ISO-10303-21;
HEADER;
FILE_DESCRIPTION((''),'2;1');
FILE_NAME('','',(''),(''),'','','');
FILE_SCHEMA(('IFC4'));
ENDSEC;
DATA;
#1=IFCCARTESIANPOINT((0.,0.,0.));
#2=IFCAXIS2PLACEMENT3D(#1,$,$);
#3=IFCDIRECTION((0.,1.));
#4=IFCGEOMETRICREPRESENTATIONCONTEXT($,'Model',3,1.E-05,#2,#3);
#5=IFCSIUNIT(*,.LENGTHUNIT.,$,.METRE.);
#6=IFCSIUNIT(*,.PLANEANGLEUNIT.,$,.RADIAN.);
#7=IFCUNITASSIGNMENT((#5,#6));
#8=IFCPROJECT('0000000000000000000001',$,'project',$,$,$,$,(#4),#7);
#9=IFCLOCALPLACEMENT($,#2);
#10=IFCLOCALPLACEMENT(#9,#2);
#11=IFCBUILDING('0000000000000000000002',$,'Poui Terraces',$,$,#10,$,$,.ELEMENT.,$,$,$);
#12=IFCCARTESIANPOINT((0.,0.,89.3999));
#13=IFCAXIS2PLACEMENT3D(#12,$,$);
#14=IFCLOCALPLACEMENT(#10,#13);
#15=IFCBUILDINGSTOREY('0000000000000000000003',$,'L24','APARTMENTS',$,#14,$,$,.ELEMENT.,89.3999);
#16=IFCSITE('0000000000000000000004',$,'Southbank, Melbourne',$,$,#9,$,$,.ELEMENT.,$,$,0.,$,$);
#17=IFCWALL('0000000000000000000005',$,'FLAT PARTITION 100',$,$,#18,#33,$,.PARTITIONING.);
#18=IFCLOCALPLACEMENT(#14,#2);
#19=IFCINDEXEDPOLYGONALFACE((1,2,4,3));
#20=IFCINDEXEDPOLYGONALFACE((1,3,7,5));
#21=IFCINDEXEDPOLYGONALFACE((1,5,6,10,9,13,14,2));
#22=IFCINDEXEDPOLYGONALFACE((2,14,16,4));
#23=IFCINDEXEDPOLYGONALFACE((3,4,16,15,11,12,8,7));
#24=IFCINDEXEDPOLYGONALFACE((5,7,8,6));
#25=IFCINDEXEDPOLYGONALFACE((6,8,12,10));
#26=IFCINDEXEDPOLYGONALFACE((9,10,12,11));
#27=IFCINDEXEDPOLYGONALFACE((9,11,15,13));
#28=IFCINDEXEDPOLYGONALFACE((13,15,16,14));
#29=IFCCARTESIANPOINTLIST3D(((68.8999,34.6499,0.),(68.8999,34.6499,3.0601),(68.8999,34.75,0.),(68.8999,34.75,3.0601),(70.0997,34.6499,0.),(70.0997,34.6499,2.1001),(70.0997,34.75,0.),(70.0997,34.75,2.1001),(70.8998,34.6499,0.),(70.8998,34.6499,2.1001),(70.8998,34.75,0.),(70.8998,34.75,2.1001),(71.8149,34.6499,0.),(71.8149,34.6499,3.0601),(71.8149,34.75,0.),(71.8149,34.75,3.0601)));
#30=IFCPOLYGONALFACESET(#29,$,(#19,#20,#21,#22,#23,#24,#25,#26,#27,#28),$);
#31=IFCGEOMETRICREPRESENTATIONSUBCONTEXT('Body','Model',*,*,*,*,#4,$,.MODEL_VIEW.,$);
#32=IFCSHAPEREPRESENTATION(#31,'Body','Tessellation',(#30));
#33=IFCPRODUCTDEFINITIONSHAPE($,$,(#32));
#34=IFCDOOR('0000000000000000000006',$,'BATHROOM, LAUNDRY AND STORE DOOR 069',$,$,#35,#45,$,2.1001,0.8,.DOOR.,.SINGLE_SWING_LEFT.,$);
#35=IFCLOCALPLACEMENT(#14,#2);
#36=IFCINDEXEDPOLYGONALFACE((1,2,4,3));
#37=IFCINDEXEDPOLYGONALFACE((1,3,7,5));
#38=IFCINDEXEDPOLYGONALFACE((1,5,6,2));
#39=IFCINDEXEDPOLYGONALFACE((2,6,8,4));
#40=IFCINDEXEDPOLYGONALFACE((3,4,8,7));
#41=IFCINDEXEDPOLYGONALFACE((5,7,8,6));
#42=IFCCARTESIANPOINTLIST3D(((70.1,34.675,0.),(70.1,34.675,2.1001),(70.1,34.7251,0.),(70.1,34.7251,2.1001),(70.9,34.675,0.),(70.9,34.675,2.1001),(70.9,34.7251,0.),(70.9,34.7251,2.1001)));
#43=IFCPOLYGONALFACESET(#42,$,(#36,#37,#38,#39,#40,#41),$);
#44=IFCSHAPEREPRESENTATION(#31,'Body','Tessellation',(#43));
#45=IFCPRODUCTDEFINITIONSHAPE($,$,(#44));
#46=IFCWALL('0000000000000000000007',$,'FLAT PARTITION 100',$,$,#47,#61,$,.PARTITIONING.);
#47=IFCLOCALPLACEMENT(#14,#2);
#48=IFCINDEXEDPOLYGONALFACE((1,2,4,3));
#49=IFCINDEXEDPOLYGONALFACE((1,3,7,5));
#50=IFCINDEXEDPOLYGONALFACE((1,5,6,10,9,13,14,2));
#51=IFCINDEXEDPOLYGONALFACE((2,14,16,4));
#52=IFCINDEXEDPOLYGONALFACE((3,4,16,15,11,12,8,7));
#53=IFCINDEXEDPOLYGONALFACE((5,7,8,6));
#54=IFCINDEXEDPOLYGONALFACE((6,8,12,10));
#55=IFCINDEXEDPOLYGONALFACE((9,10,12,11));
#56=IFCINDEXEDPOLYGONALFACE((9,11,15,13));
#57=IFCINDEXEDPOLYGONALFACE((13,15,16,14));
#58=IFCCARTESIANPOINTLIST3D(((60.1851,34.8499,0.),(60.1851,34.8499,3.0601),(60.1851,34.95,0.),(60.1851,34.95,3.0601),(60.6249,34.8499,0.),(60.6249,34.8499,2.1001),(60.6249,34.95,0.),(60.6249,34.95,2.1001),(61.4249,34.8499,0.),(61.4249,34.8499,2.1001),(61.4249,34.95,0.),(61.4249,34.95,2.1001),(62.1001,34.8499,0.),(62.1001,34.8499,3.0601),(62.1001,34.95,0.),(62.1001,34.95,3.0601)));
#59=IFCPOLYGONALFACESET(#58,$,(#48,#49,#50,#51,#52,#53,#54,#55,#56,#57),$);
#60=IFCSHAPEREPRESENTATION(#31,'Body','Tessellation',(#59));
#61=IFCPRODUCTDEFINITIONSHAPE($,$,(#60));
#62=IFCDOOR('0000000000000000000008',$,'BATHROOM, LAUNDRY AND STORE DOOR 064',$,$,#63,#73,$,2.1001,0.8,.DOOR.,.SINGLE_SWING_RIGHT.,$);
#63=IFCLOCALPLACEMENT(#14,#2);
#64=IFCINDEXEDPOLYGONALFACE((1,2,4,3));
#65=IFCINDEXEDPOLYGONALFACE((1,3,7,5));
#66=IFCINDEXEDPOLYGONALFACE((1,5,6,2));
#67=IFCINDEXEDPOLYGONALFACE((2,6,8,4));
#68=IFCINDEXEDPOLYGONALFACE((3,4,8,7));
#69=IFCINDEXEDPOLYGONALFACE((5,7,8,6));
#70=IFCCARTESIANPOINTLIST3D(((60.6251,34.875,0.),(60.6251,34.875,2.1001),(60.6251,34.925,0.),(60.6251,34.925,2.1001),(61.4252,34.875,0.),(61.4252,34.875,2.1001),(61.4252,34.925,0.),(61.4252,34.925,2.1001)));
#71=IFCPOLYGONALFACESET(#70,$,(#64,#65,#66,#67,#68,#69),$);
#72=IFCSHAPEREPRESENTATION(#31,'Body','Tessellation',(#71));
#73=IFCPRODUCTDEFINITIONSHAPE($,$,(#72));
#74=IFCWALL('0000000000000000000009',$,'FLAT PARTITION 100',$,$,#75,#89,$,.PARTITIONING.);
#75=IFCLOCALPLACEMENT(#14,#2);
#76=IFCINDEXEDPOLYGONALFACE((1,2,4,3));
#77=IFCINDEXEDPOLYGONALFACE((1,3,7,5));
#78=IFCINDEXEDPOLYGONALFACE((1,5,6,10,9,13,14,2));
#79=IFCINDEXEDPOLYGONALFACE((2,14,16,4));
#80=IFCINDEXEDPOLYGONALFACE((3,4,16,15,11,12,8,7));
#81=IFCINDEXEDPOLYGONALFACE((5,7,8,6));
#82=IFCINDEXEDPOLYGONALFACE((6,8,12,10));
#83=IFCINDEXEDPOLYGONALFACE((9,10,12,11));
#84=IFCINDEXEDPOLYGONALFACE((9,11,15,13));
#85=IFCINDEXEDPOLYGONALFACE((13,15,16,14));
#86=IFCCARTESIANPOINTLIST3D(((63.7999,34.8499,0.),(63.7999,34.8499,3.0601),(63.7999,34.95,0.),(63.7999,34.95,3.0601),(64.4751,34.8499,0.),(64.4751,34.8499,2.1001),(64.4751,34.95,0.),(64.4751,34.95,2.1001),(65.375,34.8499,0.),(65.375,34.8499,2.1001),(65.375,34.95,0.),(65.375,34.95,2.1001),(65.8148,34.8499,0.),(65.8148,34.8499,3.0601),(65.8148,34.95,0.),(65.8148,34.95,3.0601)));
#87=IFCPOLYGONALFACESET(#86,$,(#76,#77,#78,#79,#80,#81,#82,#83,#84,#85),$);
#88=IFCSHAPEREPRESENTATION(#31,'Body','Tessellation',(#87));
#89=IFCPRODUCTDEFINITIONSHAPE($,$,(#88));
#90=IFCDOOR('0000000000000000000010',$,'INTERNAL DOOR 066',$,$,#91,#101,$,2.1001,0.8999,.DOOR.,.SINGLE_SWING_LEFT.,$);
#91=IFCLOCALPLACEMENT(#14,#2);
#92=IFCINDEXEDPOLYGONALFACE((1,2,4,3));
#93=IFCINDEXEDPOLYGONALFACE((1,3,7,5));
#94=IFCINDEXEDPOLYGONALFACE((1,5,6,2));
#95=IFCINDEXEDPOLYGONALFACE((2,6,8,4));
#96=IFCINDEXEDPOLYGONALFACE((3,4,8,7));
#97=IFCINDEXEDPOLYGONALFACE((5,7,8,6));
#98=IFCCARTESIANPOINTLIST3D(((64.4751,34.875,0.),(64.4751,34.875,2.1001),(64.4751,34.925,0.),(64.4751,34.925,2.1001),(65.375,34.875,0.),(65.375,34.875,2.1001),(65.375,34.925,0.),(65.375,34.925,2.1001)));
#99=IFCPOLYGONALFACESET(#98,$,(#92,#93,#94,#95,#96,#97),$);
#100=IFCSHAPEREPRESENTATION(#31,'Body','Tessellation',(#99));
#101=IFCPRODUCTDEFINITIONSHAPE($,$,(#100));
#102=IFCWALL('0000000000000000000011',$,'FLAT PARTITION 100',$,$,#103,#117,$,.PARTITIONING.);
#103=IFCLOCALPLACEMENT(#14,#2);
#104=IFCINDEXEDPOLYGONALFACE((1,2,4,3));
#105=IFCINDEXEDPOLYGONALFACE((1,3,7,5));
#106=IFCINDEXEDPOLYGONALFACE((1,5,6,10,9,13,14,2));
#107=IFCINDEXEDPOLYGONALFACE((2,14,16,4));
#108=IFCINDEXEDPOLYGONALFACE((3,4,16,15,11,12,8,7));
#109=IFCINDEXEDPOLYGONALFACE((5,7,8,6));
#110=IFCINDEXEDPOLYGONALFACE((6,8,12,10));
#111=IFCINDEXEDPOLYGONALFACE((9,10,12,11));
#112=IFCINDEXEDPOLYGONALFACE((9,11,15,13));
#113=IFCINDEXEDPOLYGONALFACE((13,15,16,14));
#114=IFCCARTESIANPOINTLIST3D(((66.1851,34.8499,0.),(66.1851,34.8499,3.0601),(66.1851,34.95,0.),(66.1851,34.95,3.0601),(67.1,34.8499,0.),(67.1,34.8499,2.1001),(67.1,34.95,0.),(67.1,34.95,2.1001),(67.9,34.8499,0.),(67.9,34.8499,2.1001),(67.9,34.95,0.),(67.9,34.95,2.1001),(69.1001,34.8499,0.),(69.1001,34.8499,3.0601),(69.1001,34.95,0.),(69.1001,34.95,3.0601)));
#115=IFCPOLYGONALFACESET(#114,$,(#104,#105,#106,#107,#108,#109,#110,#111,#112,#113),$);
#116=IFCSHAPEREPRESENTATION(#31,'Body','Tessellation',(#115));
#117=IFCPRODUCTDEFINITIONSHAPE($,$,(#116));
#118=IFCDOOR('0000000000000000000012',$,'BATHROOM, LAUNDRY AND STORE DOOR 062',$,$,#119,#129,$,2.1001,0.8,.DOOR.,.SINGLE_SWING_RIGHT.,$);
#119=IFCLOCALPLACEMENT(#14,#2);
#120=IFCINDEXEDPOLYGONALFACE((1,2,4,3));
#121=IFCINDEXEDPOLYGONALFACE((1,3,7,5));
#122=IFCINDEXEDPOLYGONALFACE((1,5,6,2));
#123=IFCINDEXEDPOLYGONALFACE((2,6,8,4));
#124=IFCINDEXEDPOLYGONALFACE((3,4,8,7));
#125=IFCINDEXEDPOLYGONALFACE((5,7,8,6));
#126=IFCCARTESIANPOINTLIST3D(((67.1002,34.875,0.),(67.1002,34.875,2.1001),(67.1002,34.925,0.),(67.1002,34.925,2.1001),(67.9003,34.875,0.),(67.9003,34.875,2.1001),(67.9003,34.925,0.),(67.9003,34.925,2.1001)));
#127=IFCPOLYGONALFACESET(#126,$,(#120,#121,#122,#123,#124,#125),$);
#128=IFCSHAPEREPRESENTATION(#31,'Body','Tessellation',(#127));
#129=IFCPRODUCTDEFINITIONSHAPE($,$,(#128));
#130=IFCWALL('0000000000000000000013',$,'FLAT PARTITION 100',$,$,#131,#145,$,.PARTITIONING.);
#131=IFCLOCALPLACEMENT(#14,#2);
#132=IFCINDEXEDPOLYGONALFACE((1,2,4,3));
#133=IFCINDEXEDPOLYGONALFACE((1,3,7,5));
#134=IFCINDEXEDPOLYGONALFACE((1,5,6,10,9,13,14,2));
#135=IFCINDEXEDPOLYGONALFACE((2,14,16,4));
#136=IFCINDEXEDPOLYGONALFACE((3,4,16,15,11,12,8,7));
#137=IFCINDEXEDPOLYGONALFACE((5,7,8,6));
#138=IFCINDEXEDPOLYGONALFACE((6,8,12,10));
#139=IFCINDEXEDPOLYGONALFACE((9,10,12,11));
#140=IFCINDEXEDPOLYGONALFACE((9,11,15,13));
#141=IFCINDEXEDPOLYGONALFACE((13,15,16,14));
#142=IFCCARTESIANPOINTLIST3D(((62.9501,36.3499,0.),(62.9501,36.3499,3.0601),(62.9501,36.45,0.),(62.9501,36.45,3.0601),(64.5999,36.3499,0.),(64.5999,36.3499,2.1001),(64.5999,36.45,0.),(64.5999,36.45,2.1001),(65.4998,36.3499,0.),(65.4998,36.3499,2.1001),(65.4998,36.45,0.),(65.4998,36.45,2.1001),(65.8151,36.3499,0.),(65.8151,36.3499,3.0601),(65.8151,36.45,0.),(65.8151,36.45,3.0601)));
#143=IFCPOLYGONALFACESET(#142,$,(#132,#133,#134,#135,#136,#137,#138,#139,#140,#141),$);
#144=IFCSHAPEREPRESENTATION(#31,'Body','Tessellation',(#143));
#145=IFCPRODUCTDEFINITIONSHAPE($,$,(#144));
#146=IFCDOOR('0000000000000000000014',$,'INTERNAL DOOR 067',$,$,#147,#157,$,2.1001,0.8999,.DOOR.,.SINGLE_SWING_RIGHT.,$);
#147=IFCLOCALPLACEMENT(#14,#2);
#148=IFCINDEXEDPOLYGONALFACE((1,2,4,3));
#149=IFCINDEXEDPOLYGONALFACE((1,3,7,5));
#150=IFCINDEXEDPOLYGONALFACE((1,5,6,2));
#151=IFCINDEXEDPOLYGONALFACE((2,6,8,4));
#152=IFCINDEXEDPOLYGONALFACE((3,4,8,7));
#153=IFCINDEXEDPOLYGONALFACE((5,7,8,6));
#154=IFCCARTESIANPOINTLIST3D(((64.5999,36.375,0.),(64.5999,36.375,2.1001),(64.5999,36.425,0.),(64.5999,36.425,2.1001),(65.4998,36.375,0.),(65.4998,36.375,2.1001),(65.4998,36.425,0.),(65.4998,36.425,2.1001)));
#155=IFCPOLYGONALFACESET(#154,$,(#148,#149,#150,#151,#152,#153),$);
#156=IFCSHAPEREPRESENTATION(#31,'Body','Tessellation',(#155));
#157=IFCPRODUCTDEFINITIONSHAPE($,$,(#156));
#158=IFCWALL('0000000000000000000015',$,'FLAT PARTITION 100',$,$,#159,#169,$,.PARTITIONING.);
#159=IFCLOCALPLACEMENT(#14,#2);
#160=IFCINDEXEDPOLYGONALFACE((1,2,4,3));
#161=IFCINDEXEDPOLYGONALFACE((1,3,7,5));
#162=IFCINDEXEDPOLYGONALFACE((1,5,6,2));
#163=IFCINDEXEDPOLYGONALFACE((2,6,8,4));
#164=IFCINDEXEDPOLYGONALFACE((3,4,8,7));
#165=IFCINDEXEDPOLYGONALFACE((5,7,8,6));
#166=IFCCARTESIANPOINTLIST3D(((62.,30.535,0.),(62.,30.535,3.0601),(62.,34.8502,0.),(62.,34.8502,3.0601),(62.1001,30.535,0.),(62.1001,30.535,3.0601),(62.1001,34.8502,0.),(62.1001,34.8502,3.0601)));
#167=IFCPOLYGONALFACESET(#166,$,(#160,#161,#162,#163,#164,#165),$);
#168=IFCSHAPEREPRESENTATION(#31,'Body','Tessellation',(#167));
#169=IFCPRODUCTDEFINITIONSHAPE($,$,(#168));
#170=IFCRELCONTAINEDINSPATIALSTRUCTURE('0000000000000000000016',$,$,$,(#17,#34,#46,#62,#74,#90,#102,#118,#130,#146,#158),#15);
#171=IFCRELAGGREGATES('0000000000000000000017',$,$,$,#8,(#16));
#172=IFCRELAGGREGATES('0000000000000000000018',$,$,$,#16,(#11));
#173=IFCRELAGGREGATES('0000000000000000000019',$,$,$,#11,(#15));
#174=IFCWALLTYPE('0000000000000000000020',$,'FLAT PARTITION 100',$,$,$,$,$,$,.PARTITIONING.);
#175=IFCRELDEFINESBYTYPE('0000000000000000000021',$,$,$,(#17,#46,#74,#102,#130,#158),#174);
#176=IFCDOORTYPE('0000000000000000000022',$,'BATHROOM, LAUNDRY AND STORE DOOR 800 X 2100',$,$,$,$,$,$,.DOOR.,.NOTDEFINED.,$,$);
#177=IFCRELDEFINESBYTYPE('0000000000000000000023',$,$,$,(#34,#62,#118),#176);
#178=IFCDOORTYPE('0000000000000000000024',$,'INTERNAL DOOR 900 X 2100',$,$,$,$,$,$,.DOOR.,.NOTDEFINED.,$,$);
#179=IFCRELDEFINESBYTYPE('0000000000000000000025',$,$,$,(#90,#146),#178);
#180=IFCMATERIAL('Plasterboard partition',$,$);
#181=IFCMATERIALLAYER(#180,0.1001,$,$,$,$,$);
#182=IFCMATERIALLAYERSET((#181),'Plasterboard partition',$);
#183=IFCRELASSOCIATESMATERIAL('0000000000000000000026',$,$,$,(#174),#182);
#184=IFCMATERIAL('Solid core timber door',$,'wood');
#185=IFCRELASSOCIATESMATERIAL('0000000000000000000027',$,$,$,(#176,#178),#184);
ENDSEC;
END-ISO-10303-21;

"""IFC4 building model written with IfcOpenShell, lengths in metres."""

from ifc_helpers import new_model, si_unit, direction, frame, frame_2d, origin, place, context, subcontext, project, spatial, rectangle, extrude, material, layer, layer_set, type_object, element, fill, save


model = new_model("IFC4")

# Units and contexts
model_context = context("Model", 3, precision=1e-05, world=origin(), true_north=direction((0.0, 1.0)))
body_context = subcontext(model_context, "Body", "Model", "MODEL_VIEW")
ifc_project = project(units=[si_unit("LENGTHUNIT", "METRE"), si_unit("PLANEANGLEUNIT", "RADIAN")], contexts=[model_context])

# Site, building, storey
site_placement = place(None, origin())
site = spatial("IfcSite", under=ifc_project, at=site_placement, Name="Southbank, Melbourne", CompositionType="ELEMENT", RefElevation=0.0)
building_placement = place(site_placement, origin())
building = spatial("IfcBuilding", under=site, at=building_placement, Name="Poui Terraces", CompositionType="ELEMENT")
storey_placement = place(building_placement, frame((0.0, 0.0, 89.3999)))
storey = spatial("IfcBuildingStorey", under=building, at=storey_placement, Name="L24", Description="APARTMENTS", CompositionType="ELEMENT", Elevation=89.3999)

# Walls, openings, doors
ifc_material_1 = material(Name="Plasterboard partition")
ifc_layer_1 = layer(ifc_material_1, 0.1001)
ifc_layer_set_1 = layer_set([ifc_layer_1], Name="Plasterboard partition")
wall_type_1 = type_object("IfcWallType", Name="FLAT PARTITION 100", PredefinedType="PARTITIONING", material=ifc_layer_set_1)
wall_1_placement = place(storey_placement, frame((68.8999, 34.7, 0.0), z_axis=(0.0, 0.0, 1.0), x_axis=(1.0, 0.0, 0.0)))
wall_1 = element("IfcWall", 1, at=wall_1_placement, inside=storey, type_object=wall_type_1, Name="FLAT PARTITION 100", PredefinedType="PARTITIONING", context=body_context, shape_type="SweptSolid", body=[
    extrude(rectangle(XDim=2.915, YDim=0.1001, at=frame_2d((1.4575, 0.0))), origin(), (0.0, 0.0, 1.0), 3.0601),
])
opening_1_placement = place(wall_1_placement, frame((1.2, 0.0, 0.0)))
opening_1 = element("IfcOpeningElement", 2, at=opening_1_placement, cuts=wall_1, PredefinedType="OPENING", context=body_context, shape_type="SweptSolid", body=[
    extrude(rectangle(XDim=0.8, YDim=2.1001, at=frame_2d((0.3999, 1.05))), frame((0.0, 0.0601, 0.0), z_axis=(0.0, -1.0, 0.0), x_axis=(1.0, 0.0, 0.0)), (0.0, 0.0, 1.0), 0.1201),
])
ifc_material_2 = material(Name="Solid core timber door", Category="wood")
door_type_1 = type_object("IfcDoorType", Name="BATHROOM, LAUNDRY AND STORE DOOR 800 X 2100", OperationType="NOTDEFINED", PredefinedType="DOOR", material=ifc_material_2)
door_1_placement = place(opening_1_placement, frame((0.8, 0.0, 0.0), z_axis=(0.0, 0.0, 1.0), x_axis=(-1.0, 0.0, 0.0)))
door_1 = element("IfcDoor", 3, at=door_1_placement, inside=storey, type_object=door_type_1, Name="BATHROOM, LAUNDRY AND STORE DOOR 069", OperationType="SINGLE_SWING_LEFT", OverallHeight=2.1001, OverallWidth=0.8, PredefinedType="DOOR", context=body_context, shape_type="SweptSolid", body=[
    extrude(rectangle(XDim=0.8, YDim=2.1001, at=frame_2d((0.3999, 1.05))), frame((0.0, 0.0249, 0.0), z_axis=(0.0, -1.0, 0.0), x_axis=(1.0, 0.0, 0.0)), (0.0, 0.0, 1.0), 0.05),
])
fill(opening_1, door_1)
wall_2_placement = place(storey_placement, frame((60.1851, 34.8999, 0.0), z_axis=(0.0, 0.0, 1.0), x_axis=(1.0, 0.0, 0.0)))
wall_2 = element("IfcWall", 4, at=wall_2_placement, inside=storey, type_object=wall_type_1, Name="FLAT PARTITION 100", PredefinedType="PARTITIONING", context=body_context, shape_type="SweptSolid", body=[
    extrude(rectangle(XDim=1.915, YDim=0.1001, at=frame_2d((0.9575, 0.0))), origin(), (0.0, 0.0, 1.0), 3.0601),
])
opening_2_placement = place(wall_2_placement, frame((0.4399, 0.0, 0.0)))
opening_2 = element("IfcOpeningElement", 5, at=opening_2_placement, cuts=wall_2, PredefinedType="OPENING", context=body_context, shape_type="SweptSolid", body=[
    extrude(rectangle(XDim=0.8, YDim=2.1001, at=frame_2d((0.3999, 1.05))), frame((0.0, 0.0601, 0.0), z_axis=(0.0, -1.0, 0.0), x_axis=(1.0, 0.0, 0.0)), (0.0, 0.0, 1.0), 0.1201),
])
door_2_placement = place(opening_2_placement, frame((0.8, 0.0, 0.0), z_axis=(0.0, 0.0, 1.0), x_axis=(-1.0, 0.0, 0.0)))
door_2 = element("IfcDoor", 6, at=door_2_placement, inside=storey, type_object=door_type_1, Name="BATHROOM, LAUNDRY AND STORE DOOR 064", OperationType="SINGLE_SWING_RIGHT", OverallHeight=2.1001, OverallWidth=0.8, PredefinedType="DOOR", context=body_context, shape_type="SweptSolid", body=[
    extrude(rectangle(XDim=0.8, YDim=2.1001, at=frame_2d((0.3999, 1.05))), frame((0.0, 0.0249, 0.0), z_axis=(0.0, -1.0, 0.0), x_axis=(1.0, 0.0, 0.0)), (0.0, 0.0, 1.0), 0.05),
])
fill(opening_2, door_2)
wall_3_placement = place(storey_placement, frame((63.8, 34.8999, 0.0), z_axis=(0.0, 0.0, 1.0), x_axis=(1.0, 0.0, 0.0)))
wall_3 = element("IfcWall", 7, at=wall_3_placement, inside=storey, type_object=wall_type_1, Name="FLAT PARTITION 100", PredefinedType="PARTITIONING", context=body_context, shape_type="SweptSolid", body=[
    extrude(rectangle(XDim=2.0149, YDim=0.1001, at=frame_2d((1.0073, 0.0))), origin(), (0.0, 0.0, 1.0), 3.0601),
])
opening_3_placement = place(wall_3_placement, frame((0.675, 0.0, 0.0)))
opening_3 = element("IfcOpeningElement", 8, at=opening_3_placement, cuts=wall_3, PredefinedType="OPENING", context=body_context, shape_type="SweptSolid", body=[
    extrude(rectangle(XDim=0.8999, YDim=2.1001, at=frame_2d((0.45, 1.05))), frame((0.0, 0.0601, 0.0), z_axis=(0.0, -1.0, 0.0), x_axis=(1.0, 0.0, 0.0)), (0.0, 0.0, 1.0), 0.1201),
])
door_type_2 = type_object("IfcDoorType", Name="INTERNAL DOOR 900 X 2100", OperationType="NOTDEFINED", PredefinedType="DOOR", material=ifc_material_2)
door_3_placement = place(opening_3_placement, frame((0.8999, 0.0, 0.0), z_axis=(0.0, 0.0, 1.0), x_axis=(-1.0, 0.0, 0.0)))
door_3 = element("IfcDoor", 9, at=door_3_placement, inside=storey, type_object=door_type_2, Name="INTERNAL DOOR 066", OperationType="SINGLE_SWING_LEFT", OverallHeight=2.1001, OverallWidth=0.8999, PredefinedType="DOOR", context=body_context, shape_type="SweptSolid", body=[
    extrude(rectangle(XDim=0.8999, YDim=2.1001, at=frame_2d((0.45, 1.05))), frame((0.0, 0.0249, 0.0), z_axis=(0.0, -1.0, 0.0), x_axis=(1.0, 0.0, 0.0)), (0.0, 0.0, 1.0), 0.05),
])
fill(opening_3, door_3)
wall_4_placement = place(storey_placement, frame((66.1851, 34.8999, 0.0), z_axis=(0.0, 0.0, 1.0), x_axis=(1.0, 0.0, 0.0)))
wall_4 = element("IfcWall", 10, at=wall_4_placement, inside=storey, type_object=wall_type_1, Name="FLAT PARTITION 100", PredefinedType="PARTITIONING", context=body_context, shape_type="SweptSolid", body=[
    extrude(rectangle(XDim=2.915, YDim=0.1001, at=frame_2d((1.4575, 0.0))), origin(), (0.0, 0.0, 1.0), 3.0601),
])
opening_4_placement = place(wall_4_placement, frame((0.915, 0.0, 0.0)))
opening_4 = element("IfcOpeningElement", 11, at=opening_4_placement, cuts=wall_4, PredefinedType="OPENING", context=body_context, shape_type="SweptSolid", body=[
    extrude(rectangle(XDim=0.8, YDim=2.1001, at=frame_2d((0.3999, 1.05))), frame((0.0, 0.0601, 0.0), z_axis=(0.0, -1.0, 0.0), x_axis=(1.0, 0.0, 0.0)), (0.0, 0.0, 1.0), 0.1201),
])
door_4_placement = place(opening_4_placement, frame((0.8, 0.0, 0.0), z_axis=(0.0, 0.0, 1.0), x_axis=(-1.0, 0.0, 0.0)))
door_4 = element("IfcDoor", 12, at=door_4_placement, inside=storey, type_object=door_type_1, Name="BATHROOM, LAUNDRY AND STORE DOOR 062", OperationType="SINGLE_SWING_RIGHT", OverallHeight=2.1001, OverallWidth=0.8, PredefinedType="DOOR", context=body_context, shape_type="SweptSolid", body=[
    extrude(rectangle(XDim=0.8, YDim=2.1001, at=frame_2d((0.3999, 1.05))), frame((0.0, 0.0249, 0.0), z_axis=(0.0, -1.0, 0.0), x_axis=(1.0, 0.0, 0.0)), (0.0, 0.0, 1.0), 0.05),
])
fill(opening_4, door_4)
wall_5_placement = place(storey_placement, frame((62.95, 36.3999, 0.0), z_axis=(0.0, 0.0, 1.0), x_axis=(1.0, 0.0, 0.0)))
wall_5 = element("IfcWall", 13, at=wall_5_placement, inside=storey, type_object=wall_type_1, Name="FLAT PARTITION 100", PredefinedType="PARTITIONING", context=body_context, shape_type="SweptSolid", body=[
    extrude(rectangle(XDim=2.865, YDim=0.1001, at=frame_2d((1.4326, 0.0))), origin(), (0.0, 0.0, 1.0), 3.0601),
])
opening_5_placement = place(wall_5_placement, frame((1.6499, 0.0, 0.0)))
opening_5 = element("IfcOpeningElement", 14, at=opening_5_placement, cuts=wall_5, PredefinedType="OPENING", context=body_context, shape_type="SweptSolid", body=[
    extrude(rectangle(XDim=0.8999, YDim=2.1001, at=frame_2d((0.45, 1.05))), frame((0.0, 0.0601, 0.0), z_axis=(0.0, -1.0, 0.0), x_axis=(1.0, 0.0, 0.0)), (0.0, 0.0, 1.0), 0.1201),
])
door_5_placement = place(opening_5_placement, frame((0.8999, 0.0, 0.0), z_axis=(0.0, 0.0, 1.0), x_axis=(-1.0, 0.0, 0.0)))
door_5 = element("IfcDoor", 15, at=door_5_placement, inside=storey, type_object=door_type_2, Name="INTERNAL DOOR 067", OperationType="SINGLE_SWING_RIGHT", OverallHeight=2.1001, OverallWidth=0.8999, PredefinedType="DOOR", context=body_context, shape_type="SweptSolid", body=[
    extrude(rectangle(XDim=0.8999, YDim=2.1001, at=frame_2d((0.45, 1.05))), frame((0.0, 0.0249, 0.0), z_axis=(0.0, -1.0, 0.0), x_axis=(1.0, 0.0, 0.0)), (0.0, 0.0, 1.0), 0.05),
])
fill(opening_5, door_5)

# Wall
wall_6_placement = place(storey_placement, frame((62.05, 30.5349, 0.0), z_axis=(0.0, 0.0, 1.0), x_axis=(0.0, 1.0, 0.0)))
element("IfcWall", 16, at=wall_6_placement, inside=storey, type_object=wall_type_1, Name="FLAT PARTITION 100", PredefinedType="PARTITIONING", context=body_context, shape_type="SweptSolid", body=[
    extrude(rectangle(XDim=4.3152, YDim=0.1001, at=frame_2d((2.1577, 0.0))), origin(), (0.0, 0.0, 1.0), 3.0601),
])

save(model, "model.ifc")
